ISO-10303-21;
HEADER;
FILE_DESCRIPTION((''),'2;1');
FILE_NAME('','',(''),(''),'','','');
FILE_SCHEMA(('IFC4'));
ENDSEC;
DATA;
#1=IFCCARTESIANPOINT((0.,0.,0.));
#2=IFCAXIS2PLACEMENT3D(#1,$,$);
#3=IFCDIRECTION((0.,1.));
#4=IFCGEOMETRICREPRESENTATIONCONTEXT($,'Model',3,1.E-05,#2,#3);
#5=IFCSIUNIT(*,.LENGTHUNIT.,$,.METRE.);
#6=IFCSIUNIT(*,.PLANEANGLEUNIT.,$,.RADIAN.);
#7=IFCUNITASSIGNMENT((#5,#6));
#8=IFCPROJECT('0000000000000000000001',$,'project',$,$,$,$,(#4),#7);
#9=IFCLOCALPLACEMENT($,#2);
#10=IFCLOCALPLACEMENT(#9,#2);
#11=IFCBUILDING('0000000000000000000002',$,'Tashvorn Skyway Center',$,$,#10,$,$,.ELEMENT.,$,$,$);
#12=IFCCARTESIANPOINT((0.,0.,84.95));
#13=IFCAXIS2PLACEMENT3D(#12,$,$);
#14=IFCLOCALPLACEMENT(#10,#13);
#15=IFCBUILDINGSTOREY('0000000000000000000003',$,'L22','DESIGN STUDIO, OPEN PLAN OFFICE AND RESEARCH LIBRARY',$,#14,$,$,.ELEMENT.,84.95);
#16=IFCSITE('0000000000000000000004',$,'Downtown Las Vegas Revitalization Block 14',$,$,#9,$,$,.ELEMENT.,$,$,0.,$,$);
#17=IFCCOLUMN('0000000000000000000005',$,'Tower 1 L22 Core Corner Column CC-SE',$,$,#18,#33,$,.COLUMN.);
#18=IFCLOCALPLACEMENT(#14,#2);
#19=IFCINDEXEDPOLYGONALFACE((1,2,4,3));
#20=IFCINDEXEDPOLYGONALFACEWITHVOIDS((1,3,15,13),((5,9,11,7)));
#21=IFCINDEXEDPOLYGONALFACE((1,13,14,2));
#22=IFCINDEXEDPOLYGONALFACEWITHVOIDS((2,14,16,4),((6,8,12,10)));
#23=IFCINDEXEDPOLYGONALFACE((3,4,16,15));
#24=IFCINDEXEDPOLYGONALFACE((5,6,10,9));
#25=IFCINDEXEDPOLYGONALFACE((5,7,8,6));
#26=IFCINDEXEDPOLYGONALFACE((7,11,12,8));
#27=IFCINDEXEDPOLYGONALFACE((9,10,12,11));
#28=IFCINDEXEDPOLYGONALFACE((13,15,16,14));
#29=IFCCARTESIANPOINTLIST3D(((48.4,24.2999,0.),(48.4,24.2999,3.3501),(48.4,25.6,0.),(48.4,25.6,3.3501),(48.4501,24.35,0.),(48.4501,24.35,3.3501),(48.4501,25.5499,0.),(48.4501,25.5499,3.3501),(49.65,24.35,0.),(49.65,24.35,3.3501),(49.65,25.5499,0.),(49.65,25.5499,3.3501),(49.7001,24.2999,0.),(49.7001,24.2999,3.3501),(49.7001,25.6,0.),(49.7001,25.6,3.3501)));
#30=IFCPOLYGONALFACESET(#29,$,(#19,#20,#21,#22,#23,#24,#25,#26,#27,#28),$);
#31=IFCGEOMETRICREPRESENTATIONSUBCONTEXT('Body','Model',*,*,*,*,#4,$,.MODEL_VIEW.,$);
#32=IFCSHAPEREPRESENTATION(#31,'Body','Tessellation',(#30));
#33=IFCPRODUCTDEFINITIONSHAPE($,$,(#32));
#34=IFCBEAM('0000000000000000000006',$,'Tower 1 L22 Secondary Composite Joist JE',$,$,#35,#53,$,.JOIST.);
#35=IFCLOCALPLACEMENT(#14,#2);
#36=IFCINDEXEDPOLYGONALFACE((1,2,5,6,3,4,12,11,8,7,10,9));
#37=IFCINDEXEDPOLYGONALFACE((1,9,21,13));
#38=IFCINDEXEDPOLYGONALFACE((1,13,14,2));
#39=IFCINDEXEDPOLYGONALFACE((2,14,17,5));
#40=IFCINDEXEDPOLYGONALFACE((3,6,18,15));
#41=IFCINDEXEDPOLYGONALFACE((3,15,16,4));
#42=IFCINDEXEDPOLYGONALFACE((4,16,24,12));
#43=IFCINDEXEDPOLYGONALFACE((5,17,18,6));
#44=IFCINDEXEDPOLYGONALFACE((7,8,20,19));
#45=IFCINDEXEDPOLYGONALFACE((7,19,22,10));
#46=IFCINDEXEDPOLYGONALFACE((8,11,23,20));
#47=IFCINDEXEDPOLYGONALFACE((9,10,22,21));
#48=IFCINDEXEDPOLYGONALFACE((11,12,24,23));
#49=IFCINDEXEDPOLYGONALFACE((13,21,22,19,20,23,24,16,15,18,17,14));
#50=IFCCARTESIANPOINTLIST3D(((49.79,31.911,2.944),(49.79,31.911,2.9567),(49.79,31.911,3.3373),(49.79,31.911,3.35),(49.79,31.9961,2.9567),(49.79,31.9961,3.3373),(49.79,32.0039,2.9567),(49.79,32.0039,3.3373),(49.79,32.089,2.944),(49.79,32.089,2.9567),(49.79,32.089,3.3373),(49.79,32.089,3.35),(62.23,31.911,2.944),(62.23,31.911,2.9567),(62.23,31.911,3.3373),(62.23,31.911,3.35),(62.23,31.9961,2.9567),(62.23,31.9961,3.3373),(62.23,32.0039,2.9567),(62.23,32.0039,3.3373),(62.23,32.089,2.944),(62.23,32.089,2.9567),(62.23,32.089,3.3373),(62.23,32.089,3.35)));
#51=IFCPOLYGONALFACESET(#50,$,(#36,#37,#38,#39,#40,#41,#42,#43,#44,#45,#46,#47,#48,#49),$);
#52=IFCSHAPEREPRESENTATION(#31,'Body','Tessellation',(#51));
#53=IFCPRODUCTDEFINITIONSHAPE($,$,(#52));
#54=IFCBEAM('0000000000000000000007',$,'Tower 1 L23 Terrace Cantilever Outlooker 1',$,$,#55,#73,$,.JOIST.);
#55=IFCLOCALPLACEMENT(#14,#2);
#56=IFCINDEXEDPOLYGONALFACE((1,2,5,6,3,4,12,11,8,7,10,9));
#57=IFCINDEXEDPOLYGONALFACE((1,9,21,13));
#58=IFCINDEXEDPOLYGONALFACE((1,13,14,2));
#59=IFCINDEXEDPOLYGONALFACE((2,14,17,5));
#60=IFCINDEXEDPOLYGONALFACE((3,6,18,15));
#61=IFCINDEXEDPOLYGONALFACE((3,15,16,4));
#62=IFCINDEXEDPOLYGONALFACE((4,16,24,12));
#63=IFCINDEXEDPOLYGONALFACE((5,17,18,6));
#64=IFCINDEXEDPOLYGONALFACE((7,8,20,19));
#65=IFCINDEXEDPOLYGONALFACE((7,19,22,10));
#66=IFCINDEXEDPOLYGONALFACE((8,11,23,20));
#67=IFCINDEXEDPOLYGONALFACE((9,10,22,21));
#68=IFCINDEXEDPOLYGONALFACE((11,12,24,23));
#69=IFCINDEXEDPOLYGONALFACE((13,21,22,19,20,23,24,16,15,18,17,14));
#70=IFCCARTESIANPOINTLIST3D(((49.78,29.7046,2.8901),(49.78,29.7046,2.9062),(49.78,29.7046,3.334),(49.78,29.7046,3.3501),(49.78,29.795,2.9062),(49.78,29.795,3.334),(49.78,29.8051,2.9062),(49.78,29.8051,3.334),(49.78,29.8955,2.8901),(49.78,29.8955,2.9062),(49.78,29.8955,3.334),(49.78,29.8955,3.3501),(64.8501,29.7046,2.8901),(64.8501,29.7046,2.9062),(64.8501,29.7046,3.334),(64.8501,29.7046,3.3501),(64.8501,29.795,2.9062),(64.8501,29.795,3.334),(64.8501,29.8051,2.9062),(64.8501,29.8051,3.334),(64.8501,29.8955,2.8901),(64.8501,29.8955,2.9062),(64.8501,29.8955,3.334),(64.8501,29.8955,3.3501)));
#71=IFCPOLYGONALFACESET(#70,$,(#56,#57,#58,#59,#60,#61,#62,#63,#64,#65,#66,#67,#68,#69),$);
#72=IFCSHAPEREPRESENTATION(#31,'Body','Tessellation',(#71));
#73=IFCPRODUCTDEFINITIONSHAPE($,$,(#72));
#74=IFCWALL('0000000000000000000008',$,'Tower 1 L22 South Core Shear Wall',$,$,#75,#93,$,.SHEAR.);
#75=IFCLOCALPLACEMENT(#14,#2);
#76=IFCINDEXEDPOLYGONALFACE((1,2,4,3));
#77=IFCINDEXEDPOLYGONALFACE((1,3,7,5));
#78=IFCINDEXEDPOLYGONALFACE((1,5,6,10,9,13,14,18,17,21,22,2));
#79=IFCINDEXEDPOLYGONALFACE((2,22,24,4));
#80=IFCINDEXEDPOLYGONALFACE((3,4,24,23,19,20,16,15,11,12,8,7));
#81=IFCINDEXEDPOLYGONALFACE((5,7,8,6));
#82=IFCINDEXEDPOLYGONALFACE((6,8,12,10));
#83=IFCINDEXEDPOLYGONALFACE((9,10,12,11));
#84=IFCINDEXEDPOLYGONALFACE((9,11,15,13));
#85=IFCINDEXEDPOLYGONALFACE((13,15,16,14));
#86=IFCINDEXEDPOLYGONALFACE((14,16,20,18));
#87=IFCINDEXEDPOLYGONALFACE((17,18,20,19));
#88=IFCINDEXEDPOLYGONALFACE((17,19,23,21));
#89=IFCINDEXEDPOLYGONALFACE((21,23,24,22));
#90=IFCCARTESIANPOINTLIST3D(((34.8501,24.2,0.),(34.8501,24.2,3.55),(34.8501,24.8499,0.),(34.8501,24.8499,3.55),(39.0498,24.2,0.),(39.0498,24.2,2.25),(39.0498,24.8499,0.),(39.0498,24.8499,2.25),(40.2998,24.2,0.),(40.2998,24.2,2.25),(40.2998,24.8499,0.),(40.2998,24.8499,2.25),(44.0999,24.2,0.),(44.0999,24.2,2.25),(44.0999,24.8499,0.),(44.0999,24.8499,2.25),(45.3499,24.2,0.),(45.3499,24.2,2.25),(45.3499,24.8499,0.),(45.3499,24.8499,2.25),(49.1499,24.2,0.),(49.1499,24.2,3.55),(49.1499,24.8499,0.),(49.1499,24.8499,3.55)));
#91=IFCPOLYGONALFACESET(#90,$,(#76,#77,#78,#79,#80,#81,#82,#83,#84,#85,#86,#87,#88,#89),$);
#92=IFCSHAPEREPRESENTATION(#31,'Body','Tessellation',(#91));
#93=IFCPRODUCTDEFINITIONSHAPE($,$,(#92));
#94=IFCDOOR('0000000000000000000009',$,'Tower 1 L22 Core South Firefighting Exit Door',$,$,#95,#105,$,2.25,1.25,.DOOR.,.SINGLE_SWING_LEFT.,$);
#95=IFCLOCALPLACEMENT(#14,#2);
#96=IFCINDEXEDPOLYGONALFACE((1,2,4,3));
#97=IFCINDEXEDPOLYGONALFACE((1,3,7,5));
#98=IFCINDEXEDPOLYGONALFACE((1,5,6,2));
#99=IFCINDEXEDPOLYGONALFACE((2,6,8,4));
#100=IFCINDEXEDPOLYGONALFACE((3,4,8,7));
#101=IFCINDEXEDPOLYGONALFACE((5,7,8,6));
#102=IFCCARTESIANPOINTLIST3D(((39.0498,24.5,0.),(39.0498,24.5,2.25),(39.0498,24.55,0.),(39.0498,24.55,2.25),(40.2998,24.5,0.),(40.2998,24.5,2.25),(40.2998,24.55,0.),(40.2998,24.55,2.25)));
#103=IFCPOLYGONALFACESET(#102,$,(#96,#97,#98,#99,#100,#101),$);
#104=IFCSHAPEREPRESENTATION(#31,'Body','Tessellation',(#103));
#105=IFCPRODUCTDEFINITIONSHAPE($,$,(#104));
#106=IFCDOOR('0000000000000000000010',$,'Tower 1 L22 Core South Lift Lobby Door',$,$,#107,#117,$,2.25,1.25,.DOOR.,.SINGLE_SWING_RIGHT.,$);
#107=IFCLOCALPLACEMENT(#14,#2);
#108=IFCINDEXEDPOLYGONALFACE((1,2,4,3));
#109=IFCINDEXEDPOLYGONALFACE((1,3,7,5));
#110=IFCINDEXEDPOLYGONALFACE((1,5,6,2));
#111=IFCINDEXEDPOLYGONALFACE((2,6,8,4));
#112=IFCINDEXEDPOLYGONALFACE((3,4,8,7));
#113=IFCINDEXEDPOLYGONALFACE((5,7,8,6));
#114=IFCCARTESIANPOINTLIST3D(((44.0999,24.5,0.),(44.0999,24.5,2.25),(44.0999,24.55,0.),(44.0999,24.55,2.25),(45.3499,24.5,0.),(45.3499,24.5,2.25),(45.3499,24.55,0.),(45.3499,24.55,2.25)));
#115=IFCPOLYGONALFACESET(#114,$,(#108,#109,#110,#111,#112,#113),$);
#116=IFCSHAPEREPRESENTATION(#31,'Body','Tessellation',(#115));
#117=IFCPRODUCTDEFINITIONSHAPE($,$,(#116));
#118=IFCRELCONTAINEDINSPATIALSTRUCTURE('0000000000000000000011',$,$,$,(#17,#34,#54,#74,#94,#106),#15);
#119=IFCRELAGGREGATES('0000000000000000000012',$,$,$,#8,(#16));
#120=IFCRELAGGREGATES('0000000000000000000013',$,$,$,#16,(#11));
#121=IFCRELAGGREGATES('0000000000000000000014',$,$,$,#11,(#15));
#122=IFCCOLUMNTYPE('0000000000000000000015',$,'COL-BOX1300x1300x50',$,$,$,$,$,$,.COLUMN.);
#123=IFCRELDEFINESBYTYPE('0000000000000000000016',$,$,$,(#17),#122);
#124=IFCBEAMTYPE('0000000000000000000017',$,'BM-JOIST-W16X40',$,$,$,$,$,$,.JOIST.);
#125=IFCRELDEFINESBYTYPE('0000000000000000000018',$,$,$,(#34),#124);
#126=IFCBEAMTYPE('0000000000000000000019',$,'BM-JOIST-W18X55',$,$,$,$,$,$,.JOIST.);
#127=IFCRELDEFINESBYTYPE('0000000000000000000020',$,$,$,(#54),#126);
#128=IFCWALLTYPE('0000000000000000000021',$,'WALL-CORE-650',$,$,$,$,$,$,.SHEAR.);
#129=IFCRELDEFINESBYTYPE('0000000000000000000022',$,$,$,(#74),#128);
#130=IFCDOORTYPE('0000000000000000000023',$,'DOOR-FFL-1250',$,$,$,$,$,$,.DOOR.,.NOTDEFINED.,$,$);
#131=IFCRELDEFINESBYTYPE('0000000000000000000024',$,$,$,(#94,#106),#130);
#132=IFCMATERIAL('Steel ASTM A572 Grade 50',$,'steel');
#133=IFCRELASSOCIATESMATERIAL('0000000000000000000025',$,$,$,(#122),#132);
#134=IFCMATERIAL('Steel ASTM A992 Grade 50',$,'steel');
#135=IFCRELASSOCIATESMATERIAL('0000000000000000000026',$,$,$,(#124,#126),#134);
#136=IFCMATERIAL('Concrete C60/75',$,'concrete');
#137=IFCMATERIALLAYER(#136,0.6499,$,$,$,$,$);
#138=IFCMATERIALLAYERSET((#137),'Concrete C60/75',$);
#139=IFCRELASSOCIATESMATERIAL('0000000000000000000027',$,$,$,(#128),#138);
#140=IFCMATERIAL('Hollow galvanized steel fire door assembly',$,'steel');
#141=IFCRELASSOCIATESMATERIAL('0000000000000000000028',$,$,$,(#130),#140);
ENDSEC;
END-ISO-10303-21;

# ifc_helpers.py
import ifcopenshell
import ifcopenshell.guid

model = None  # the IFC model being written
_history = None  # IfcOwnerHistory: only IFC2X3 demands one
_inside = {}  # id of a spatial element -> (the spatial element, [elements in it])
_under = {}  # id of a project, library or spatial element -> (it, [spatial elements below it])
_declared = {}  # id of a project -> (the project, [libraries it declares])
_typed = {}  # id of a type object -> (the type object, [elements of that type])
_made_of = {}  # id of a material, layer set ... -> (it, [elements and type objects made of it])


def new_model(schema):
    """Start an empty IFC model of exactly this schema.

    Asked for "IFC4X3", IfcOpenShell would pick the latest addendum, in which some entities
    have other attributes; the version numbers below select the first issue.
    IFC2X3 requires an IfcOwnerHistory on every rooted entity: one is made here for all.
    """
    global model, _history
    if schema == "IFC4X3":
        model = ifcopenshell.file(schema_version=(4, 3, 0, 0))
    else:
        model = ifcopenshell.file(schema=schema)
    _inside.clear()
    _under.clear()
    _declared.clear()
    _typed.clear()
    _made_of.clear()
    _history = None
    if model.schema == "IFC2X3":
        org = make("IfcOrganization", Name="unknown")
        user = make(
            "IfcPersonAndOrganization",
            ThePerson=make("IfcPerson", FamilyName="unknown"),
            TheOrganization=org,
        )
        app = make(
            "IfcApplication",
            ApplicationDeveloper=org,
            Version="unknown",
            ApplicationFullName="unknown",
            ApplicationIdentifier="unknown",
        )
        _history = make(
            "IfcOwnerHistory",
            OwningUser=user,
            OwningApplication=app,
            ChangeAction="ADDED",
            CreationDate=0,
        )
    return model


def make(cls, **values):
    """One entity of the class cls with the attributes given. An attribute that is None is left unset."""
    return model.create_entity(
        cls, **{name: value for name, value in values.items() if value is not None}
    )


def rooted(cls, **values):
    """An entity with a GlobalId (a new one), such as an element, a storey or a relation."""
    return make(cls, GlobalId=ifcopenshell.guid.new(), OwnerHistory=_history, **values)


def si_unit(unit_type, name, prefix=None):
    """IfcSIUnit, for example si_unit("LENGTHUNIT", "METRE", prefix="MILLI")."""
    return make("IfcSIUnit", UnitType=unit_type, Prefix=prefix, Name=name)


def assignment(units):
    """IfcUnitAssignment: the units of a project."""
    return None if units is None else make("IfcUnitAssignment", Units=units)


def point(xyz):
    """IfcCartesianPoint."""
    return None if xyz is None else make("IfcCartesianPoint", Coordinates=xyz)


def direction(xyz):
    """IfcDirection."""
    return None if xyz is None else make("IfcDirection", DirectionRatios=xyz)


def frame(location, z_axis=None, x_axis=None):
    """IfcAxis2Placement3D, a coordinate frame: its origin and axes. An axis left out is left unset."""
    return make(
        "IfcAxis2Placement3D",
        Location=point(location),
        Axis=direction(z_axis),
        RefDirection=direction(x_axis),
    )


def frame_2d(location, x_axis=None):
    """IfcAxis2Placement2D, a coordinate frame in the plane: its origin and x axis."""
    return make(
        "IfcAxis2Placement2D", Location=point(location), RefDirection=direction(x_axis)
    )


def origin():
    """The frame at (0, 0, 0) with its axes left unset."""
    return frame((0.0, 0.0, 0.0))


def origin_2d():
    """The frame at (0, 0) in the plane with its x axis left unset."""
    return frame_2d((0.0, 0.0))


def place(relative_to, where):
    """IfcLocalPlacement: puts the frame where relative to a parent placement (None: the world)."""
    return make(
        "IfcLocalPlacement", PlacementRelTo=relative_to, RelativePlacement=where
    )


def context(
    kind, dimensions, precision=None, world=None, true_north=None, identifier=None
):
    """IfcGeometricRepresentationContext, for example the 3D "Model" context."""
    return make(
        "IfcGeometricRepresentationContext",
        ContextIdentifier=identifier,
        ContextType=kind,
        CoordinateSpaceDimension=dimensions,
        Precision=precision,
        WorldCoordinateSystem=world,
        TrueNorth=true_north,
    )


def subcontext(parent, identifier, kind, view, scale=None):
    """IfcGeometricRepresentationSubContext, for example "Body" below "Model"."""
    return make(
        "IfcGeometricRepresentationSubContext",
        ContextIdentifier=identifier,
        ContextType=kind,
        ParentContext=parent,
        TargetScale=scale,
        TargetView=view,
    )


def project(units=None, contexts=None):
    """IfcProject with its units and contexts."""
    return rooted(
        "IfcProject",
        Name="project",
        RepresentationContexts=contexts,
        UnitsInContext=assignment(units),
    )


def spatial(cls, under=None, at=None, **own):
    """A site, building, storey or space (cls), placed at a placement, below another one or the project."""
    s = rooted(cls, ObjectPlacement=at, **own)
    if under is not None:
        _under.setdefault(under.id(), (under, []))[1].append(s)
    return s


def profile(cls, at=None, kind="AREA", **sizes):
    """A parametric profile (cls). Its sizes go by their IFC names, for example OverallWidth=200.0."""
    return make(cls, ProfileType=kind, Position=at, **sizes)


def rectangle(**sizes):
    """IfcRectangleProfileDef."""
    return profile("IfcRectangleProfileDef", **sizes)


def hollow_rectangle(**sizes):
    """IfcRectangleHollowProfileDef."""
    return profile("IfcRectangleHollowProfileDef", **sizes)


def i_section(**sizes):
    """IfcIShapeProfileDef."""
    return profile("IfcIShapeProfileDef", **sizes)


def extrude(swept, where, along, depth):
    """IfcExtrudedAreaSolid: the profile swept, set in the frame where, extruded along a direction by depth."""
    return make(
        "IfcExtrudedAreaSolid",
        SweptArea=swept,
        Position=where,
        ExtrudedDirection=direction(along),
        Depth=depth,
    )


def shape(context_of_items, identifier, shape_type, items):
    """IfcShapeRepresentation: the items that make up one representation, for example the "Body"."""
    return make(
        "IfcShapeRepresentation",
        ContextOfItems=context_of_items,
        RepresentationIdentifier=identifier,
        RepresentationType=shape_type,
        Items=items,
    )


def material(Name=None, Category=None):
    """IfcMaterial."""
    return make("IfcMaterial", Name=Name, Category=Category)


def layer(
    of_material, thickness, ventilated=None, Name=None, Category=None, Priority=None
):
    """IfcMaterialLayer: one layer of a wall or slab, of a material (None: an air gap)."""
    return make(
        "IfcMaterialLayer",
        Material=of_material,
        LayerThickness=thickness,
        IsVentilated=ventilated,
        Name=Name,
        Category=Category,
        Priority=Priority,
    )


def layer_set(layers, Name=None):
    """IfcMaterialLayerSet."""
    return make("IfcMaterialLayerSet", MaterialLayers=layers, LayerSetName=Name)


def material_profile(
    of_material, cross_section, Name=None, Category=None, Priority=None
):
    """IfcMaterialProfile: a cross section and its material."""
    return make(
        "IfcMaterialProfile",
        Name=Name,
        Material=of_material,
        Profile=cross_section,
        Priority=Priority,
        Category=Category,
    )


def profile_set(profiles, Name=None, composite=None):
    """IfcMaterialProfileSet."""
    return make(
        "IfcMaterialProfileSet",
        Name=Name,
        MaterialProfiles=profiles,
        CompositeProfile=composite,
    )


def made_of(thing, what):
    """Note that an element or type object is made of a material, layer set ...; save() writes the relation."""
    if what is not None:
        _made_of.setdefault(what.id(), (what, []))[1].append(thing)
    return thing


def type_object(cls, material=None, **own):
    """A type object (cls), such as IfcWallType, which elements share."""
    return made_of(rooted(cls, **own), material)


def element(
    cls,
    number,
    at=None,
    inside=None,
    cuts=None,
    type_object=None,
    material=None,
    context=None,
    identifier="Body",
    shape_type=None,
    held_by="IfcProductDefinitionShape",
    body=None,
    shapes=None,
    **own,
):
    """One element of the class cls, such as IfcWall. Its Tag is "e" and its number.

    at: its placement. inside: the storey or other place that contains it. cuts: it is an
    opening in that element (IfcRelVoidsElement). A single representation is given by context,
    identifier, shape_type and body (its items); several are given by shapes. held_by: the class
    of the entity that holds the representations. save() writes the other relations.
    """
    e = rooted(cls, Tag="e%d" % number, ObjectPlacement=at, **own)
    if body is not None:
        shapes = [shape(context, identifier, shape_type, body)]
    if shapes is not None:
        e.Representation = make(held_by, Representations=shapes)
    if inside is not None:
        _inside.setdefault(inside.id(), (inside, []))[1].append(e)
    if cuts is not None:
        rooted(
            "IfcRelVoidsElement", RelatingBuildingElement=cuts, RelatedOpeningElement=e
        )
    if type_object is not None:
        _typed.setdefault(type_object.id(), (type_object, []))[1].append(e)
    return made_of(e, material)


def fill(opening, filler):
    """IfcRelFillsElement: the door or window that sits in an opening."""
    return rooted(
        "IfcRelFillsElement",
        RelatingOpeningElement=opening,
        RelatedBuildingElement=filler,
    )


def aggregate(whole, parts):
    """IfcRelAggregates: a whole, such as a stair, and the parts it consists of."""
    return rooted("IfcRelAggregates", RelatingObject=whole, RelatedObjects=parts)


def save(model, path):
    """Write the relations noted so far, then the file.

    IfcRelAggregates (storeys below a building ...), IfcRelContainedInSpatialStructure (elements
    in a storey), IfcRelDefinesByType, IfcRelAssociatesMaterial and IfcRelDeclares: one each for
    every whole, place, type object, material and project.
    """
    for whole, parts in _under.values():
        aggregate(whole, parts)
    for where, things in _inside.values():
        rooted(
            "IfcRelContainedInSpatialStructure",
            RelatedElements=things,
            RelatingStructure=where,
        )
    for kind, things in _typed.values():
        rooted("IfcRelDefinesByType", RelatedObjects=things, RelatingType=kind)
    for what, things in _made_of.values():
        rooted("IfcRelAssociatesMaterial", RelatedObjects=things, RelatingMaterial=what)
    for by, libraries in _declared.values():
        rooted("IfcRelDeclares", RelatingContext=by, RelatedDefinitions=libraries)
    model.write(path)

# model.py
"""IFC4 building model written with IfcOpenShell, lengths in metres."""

from ifc_helpers import new_model, si_unit, direction, frame, frame_2d, origin, origin_2d, place, context, subcontext, project, spatial, rectangle, hollow_rectangle, i_section, extrude, material, layer, layer_set, material_profile, profile_set, type_object, element, fill, save


model = new_model("IFC4")

# Units and contexts
model_context = context("Model", 3, precision=1e-05, world=origin(), true_north=direction((0.0, 1.0)))
body_context = subcontext(model_context, "Body", "Model", "MODEL_VIEW")
ifc_project = project(units=[si_unit("LENGTHUNIT", "METRE"), si_unit("PLANEANGLEUNIT", "RADIAN")], contexts=[model_context])

# Site, building, storey
site_placement = place(None, origin())
site = spatial("IfcSite", under=ifc_project, at=site_placement, Name="Downtown Las Vegas Revitalization Block 14", CompositionType="ELEMENT", RefElevation=0.0)
building_placement = place(site_placement, origin())
building = spatial("IfcBuilding", under=site, at=building_placement, Name="Tashvorn Skyway Center", CompositionType="ELEMENT")
storey_placement = place(building_placement, frame((0.0, 0.0, 84.95)))
storey = spatial("IfcBuildingStorey", under=building, at=storey_placement, Name="L22", Description="DESIGN STUDIO, OPEN PLAN OFFICE AND RESEARCH LIBRARY", CompositionType="ELEMENT", Elevation=84.95)

# Column
ifc_material_1 = material(Name="Steel ASTM A572 Grade 50", Category="steel")
ifc_material_profile_1 = material_profile(ifc_material_1, hollow_rectangle(XDim=1.3, YDim=1.3, WallThickness=0.05, at=origin_2d()), Name="BOX1300x1300x50")
ifc_profile_set_1 = profile_set([ifc_material_profile_1], Name="Steel ASTM A572 Grade 50")
column_type = type_object("IfcColumnType", Name="COL-BOX1300x1300x50", PredefinedType="COLUMN", material=ifc_profile_set_1)
column_placement = place(storey_placement, frame((49.05, 24.95, 0.0), z_axis=(0.0, 0.0, 1.0), x_axis=(1.0, 0.0, 0.0)))
element("IfcColumn", 1, at=column_placement, inside=storey, type_object=column_type, Name="Tower 1 L22 Core Corner Column CC-SE", PredefinedType="COLUMN", context=body_context, shape_type="SweptSolid", body=[
    extrude(hollow_rectangle(XDim=1.3, YDim=1.3, WallThickness=0.05, at=origin_2d()), origin(), (0.0, 0.0, 1.0), 3.3501),
])

# Beams
ifc_material_2 = material(Name="Steel ASTM A992 Grade 50", Category="steel")
ifc_material_profile_2 = material_profile(ifc_material_2, i_section(OverallWidth=0.178, OverallDepth=0.406, WebThickness=0.0078, FlangeThickness=0.0127, at=origin_2d()), Name="W16X40")
ifc_profile_set_2 = profile_set([ifc_material_profile_2], Name="Steel ASTM A992 Grade 50")
beam_type_1 = type_object("IfcBeamType", Name="BM-JOIST-W16X40", PredefinedType="JOIST", material=ifc_profile_set_2)
beam_1_placement = place(storey_placement, frame((49.79, 32.0, 3.147), z_axis=(1.0, 0.0, 0.0), x_axis=(0.0, 1.0, 0.0)))
element("IfcBeam", 2, at=beam_1_placement, inside=storey, type_object=beam_type_1, Name="Tower 1 L22 Secondary Composite Joist JE", PredefinedType="JOIST", context=body_context, shape_type="SweptSolid", body=[
    extrude(i_section(OverallWidth=0.178, OverallDepth=0.406, WebThickness=0.0078, FlangeThickness=0.0127, at=origin_2d()), origin(), (0.0, 0.0, 1.0), 12.4399),
])
ifc_material_profile_3 = material_profile(ifc_material_2, i_section(OverallWidth=0.1909, OverallDepth=0.46, WebThickness=0.01, FlangeThickness=0.0161, at=origin_2d()), Name="W18X55")
ifc_profile_set_3 = profile_set([ifc_material_profile_3], Name="Steel ASTM A992 Grade 50")
beam_type_2 = type_object("IfcBeamType", Name="BM-JOIST-W18X55", PredefinedType="JOIST", material=ifc_profile_set_3)
beam_2_placement = place(storey_placement, frame((49.78, 29.8, 3.1201), z_axis=(1.0, 0.0, 0.0), x_axis=(0.0, 1.0, 0.0)))
element("IfcBeam", 3, at=beam_2_placement, inside=storey, type_object=beam_type_2, Name="Tower 1 L23 Terrace Cantilever Outlooker 1", PredefinedType="JOIST", context=body_context, shape_type="SweptSolid", body=[
    extrude(i_section(OverallWidth=0.1909, OverallDepth=0.46, WebThickness=0.01, FlangeThickness=0.0161, at=origin_2d()), origin(), (0.0, 0.0, 1.0), 15.0701),
])

# Wall, openings, doors
ifc_material_3 = material(Name="Concrete C60/75", Category="concrete")
ifc_layer_1 = layer(ifc_material_3, 0.6499)
ifc_layer_set_1 = layer_set([ifc_layer_1], Name="Concrete C60/75")
wall_type_1 = type_object("IfcWallType", Name="WALL-CORE-650", PredefinedType="SHEAR", material=ifc_layer_set_1)
wall_1_placement = place(storey_placement, frame((49.1499, 24.5249, 0.0), z_axis=(0.0, 0.0, 1.0), x_axis=(-1.0, 0.0, 0.0)))
wall_1 = element("IfcWall", 4, at=wall_1_placement, inside=storey, type_object=wall_type_1, Name="Tower 1 L22 South Core Shear Wall", PredefinedType="SHEAR", context=body_context, shape_type="SweptSolid", body=[
    extrude(rectangle(XDim=14.2998, YDim=0.6499, at=frame_2d((7.1499, 0.0))), origin(), (0.0, 0.0, 1.0), 3.55),
])
opening_1_placement = place(wall_1_placement, frame((8.8501, 0.0, 0.0)))
opening_1 = element("IfcOpeningElement", 5, at=opening_1_placement, cuts=wall_1, PredefinedType="OPENING", context=body_context, shape_type="SweptSolid", body=[
    extrude(rectangle(XDim=1.25, YDim=2.25, at=frame_2d((0.625, 1.125))), frame((0.0, 0.335, 0.0), z_axis=(0.0, -1.0, 0.0), x_axis=(1.0, 0.0, 0.0)), (0.0, 0.0, 1.0), 0.6699),
])
opening_2_placement = place(wall_1_placement, frame((3.8, 0.0, 0.0)))
opening_2 = element("IfcOpeningElement", 6, at=opening_2_placement, cuts=wall_1, PredefinedType="OPENING", context=body_context, shape_type="SweptSolid", body=[
    extrude(rectangle(XDim=1.25, YDim=2.25, at=frame_2d((0.625, 1.125))), frame((0.0, 0.335, 0.0), z_axis=(0.0, -1.0, 0.0), x_axis=(1.0, 0.0, 0.0)), (0.0, 0.0, 1.0), 0.6699),
])
ifc_material_4 = material(Name="Hollow galvanized steel fire door assembly", Category="steel")
door_type_1 = type_object("IfcDoorType", Name="DOOR-FFL-1250", OperationType="NOTDEFINED", PredefinedType="DOOR", material=ifc_material_4)
door_1_placement = place(opening_1_placement, origin())
door_1 = element("IfcDoor", 7, at=door_1_placement, inside=storey, type_object=door_type_1, Name="Tower 1 L22 Core South Firefighting Exit Door", OperationType="SINGLE_SWING_LEFT", OverallHeight=2.25, OverallWidth=1.25, PredefinedType="DOOR", context=body_context, shape_type="SweptSolid", body=[
    extrude(rectangle(XDim=1.25, YDim=2.25, at=frame_2d((0.625, 1.125))), frame((0.0, 0.0249, 0.0), z_axis=(0.0, -1.0, 0.0), x_axis=(1.0, 0.0, 0.0)), (0.0, 0.0, 1.0), 0.05),
])
fill(opening_1, door_1)
door_2_placement = place(opening_2_placement, origin())
door_2 = element("IfcDoor", 8, at=door_2_placement, inside=storey, type_object=door_type_1, Name="Tower 1 L22 Core South Lift Lobby Door", OperationType="SINGLE_SWING_RIGHT", OverallHeight=2.25, OverallWidth=1.25, PredefinedType="DOOR", context=body_context, shape_type="SweptSolid", body=[
    extrude(rectangle(XDim=1.25, YDim=2.25, at=frame_2d((0.625, 1.125))), frame((0.0, 0.0249, 0.0), z_axis=(0.0, -1.0, 0.0), x_axis=(1.0, 0.0, 0.0)), (0.0, 0.0, 1.0), 0.05),
])
fill(opening_2, door_2)

save(model, "model.ifc")
